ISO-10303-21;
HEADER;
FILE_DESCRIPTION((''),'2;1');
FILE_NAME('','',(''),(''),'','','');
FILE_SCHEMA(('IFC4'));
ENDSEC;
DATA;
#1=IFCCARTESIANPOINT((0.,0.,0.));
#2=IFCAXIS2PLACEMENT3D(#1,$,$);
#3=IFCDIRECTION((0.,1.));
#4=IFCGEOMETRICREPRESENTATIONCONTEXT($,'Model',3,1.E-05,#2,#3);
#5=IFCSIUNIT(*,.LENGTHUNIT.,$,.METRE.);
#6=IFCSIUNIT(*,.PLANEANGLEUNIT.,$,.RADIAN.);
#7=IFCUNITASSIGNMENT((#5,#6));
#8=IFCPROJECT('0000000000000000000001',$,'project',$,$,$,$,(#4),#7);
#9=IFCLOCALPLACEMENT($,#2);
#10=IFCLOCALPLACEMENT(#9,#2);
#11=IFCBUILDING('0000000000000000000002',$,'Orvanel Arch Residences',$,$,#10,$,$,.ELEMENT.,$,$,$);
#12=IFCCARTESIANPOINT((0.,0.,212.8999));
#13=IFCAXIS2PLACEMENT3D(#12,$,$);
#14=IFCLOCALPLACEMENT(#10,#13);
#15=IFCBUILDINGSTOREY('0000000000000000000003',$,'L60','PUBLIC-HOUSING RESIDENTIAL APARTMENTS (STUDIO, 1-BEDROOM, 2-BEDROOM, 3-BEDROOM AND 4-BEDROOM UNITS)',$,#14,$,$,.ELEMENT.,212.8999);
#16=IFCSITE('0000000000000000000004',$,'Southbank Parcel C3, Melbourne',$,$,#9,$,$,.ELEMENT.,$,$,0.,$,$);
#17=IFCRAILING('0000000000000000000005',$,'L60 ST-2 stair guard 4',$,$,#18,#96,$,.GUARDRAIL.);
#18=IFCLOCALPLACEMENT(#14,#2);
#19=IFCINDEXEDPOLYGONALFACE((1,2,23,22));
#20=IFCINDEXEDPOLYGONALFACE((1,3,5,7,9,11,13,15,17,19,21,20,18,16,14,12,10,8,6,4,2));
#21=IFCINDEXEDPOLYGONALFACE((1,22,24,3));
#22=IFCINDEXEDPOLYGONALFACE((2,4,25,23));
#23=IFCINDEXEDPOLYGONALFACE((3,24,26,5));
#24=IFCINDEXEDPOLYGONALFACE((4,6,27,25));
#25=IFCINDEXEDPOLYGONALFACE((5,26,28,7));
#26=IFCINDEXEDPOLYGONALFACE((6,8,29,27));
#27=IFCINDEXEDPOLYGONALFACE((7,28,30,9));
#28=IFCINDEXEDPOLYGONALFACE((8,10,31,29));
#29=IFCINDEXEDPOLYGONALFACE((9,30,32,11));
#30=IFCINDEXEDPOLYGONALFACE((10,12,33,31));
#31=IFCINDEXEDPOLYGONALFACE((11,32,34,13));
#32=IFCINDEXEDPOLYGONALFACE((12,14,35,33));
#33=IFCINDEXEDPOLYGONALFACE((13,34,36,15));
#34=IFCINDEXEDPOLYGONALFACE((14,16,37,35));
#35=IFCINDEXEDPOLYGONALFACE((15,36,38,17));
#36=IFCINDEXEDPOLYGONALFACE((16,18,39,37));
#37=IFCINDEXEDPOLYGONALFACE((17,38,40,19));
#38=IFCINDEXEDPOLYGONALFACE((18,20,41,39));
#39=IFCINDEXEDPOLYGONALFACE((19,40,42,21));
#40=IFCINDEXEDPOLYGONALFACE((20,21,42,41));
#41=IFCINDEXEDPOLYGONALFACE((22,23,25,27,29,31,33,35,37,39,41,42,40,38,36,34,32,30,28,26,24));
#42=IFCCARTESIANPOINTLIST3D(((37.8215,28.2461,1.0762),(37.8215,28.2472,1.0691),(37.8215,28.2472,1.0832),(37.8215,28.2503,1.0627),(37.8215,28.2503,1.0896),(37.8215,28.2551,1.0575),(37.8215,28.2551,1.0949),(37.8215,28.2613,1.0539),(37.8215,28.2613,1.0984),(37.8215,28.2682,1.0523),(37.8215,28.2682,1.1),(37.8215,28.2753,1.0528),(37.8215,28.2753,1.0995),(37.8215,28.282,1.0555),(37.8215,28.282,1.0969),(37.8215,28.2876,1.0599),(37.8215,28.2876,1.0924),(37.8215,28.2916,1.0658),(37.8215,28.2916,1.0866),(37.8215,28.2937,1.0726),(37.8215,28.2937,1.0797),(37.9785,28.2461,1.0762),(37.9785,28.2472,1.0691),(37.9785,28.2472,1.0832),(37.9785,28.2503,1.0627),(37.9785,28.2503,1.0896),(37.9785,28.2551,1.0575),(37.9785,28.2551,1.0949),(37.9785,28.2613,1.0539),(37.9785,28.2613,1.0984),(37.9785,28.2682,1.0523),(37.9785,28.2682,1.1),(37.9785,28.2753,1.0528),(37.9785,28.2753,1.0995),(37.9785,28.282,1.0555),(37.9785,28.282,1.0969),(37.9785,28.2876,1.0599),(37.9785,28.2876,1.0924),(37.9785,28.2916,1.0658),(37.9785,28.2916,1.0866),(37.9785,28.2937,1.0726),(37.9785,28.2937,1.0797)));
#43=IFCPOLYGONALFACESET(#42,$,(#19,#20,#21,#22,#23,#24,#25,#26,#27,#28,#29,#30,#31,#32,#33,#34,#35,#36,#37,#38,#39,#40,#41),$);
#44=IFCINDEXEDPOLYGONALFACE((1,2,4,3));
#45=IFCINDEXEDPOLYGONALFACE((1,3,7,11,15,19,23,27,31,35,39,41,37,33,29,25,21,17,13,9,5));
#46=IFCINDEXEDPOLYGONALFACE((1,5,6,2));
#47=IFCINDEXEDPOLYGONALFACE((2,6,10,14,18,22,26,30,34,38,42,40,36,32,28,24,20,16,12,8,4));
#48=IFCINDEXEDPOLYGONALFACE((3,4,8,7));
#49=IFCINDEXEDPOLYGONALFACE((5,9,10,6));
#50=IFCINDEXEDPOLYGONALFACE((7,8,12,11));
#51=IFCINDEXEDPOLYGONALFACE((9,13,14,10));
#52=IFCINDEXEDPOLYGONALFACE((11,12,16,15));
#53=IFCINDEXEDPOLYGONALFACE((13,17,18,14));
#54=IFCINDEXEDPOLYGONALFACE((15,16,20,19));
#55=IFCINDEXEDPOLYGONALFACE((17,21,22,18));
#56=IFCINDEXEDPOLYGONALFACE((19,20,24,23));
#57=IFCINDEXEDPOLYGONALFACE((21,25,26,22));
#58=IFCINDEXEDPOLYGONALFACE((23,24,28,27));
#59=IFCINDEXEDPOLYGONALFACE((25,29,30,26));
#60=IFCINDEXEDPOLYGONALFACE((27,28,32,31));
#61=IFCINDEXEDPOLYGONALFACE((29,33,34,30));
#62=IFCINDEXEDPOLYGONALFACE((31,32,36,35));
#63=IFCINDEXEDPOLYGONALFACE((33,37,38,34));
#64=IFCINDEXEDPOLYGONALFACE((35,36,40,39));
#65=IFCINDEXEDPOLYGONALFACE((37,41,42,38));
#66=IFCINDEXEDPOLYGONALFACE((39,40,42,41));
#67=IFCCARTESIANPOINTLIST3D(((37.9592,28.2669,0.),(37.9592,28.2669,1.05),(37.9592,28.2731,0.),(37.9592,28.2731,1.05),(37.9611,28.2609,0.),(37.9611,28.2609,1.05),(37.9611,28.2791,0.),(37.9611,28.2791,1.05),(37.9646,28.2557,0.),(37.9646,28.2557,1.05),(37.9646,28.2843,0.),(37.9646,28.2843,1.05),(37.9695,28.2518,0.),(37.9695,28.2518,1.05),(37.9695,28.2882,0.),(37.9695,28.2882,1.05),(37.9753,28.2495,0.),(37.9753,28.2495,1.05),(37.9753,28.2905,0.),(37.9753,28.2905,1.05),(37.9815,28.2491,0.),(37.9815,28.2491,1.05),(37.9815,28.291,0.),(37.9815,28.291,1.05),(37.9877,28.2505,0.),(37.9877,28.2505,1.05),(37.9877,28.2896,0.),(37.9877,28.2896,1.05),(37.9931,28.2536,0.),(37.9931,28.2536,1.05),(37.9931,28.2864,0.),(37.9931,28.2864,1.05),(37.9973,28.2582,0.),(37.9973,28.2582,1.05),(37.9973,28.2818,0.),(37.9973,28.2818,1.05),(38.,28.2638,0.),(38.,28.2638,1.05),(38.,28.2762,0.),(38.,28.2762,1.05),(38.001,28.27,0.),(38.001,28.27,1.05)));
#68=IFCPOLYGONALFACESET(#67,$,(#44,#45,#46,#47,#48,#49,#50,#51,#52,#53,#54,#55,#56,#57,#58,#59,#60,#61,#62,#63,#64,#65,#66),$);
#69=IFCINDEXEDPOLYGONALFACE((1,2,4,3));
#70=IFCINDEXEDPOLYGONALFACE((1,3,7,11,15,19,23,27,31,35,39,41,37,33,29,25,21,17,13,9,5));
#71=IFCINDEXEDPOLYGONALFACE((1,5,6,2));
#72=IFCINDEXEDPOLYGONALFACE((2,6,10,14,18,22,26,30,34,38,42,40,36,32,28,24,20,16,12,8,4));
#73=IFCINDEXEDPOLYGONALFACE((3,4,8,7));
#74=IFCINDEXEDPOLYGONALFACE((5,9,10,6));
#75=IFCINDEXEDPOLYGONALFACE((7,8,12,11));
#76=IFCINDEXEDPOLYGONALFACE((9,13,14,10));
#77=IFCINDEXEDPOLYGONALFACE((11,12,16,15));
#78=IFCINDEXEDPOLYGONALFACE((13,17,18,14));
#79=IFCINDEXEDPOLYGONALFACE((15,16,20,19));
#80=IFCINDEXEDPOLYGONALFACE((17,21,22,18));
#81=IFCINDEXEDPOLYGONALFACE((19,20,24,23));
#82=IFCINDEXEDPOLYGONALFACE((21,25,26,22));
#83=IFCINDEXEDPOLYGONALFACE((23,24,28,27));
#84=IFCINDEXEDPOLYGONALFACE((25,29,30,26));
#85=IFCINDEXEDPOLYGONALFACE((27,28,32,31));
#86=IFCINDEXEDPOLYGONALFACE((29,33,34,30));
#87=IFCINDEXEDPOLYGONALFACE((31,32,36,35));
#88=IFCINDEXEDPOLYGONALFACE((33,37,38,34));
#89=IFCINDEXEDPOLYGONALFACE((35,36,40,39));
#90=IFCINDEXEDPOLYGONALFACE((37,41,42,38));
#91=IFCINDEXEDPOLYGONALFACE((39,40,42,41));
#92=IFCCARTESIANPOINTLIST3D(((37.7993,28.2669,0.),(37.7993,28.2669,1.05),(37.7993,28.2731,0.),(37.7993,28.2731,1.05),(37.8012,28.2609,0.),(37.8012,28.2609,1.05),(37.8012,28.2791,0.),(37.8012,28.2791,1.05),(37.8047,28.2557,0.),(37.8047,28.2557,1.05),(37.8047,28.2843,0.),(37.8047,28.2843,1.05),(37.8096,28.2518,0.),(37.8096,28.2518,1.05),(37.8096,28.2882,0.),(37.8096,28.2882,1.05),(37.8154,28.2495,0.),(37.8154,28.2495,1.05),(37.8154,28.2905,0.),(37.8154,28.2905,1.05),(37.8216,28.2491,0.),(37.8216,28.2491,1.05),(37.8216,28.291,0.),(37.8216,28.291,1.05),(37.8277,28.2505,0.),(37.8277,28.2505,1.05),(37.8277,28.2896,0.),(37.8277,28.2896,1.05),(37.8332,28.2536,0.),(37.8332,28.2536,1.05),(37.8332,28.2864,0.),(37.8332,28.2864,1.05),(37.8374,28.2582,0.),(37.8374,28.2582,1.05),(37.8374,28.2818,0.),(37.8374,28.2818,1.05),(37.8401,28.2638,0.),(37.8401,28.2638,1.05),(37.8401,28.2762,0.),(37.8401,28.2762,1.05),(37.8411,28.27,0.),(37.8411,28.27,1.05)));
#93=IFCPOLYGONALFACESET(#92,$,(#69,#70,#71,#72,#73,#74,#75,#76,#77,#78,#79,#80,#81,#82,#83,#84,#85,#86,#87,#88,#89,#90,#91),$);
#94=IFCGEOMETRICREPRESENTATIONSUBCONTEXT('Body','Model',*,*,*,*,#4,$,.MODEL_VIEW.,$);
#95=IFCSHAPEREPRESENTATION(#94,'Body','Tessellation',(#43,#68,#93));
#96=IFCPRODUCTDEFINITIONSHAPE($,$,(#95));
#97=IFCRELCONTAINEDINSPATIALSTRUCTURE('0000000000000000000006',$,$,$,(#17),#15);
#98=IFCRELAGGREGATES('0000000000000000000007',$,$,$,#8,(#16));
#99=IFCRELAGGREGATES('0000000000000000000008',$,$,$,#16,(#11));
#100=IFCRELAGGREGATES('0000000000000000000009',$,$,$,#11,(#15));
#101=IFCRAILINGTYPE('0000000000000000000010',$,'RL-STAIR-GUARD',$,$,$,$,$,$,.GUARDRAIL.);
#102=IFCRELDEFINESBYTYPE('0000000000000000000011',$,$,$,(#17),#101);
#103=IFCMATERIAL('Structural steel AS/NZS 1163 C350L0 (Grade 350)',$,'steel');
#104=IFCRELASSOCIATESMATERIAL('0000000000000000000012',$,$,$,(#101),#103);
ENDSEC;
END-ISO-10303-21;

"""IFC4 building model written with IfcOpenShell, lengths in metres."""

from ifc_helpers import new_model, si_unit, direction, frame, origin, origin_2d, place, context, subcontext, project, spatial, circle, extrude, material, type_object, element, save


model = new_model("IFC4")

# Units and contexts
model_context = context("Model", 3, precision=1e-05, world=origin(), true_north=direction((0.0, 1.0)))
body_context = subcontext(model_context, "Body", "Model", "MODEL_VIEW")
ifc_project = project(units=[si_unit("LENGTHUNIT", "METRE"), si_unit("PLANEANGLEUNIT", "RADIAN")], contexts=[model_context])

# Site, building, storey
site_placement = place(None, origin())
site = spatial("IfcSite", under=ifc_project, at=site_placement, Name="Southbank Parcel C3, Melbourne", CompositionType="ELEMENT", RefElevation=0.0)
building_placement = place(site_placement, origin())
building = spatial("IfcBuilding", under=site, at=building_placement, Name="Orvanel Arch Residences", CompositionType="ELEMENT")
storey_placement = place(building_placement, frame((0.0, 0.0, 212.8999)))
storey = spatial("IfcBuildingStorey", under=building, at=storey_placement, Name="L60", Description="PUBLIC-HOUSING RESIDENTIAL APARTMENTS (STUDIO, 1-BEDROOM, 2-BEDROOM, 3-BEDROOM AND 4-BEDROOM UNITS)", CompositionType="ELEMENT", Elevation=212.8999)

# Railing
ifc_material_1 = material(Name="Structural steel AS/NZS 1163 C350L0 (Grade 350)", Category="steel")
railing_type_1 = type_object("IfcRailingType", Name="RL-STAIR-GUARD", PredefinedType="GUARDRAIL", material=ifc_material_1)
railing_1_placement = place(storey_placement, frame((37.98, 28.27, 0.0)))
element("IfcRailing", 1, at=railing_1_placement, inside=storey, type_object=railing_type_1, Name="L60 ST-2 stair guard 4", PredefinedType="GUARDRAIL", context=body_context, shape_type="SweptSolid", body=[
    extrude(circle(Radius=0.0239, at=origin_2d()), frame((-0.0015, 0.0, 1.0762), z_axis=(-1.0, 0.0, 0.0), x_axis=(0.0, -1.0, 0.0)), (0.0, 0.0, 1.0), 0.157),
    extrude(circle(Radius=0.021, at=origin_2d()), origin(), (0.0, 0.0, 1.0), 1.05),
    extrude(circle(Radius=0.021, at=origin_2d()), frame((-0.1599, 0.0, 0.0)), (0.0, 0.0, 1.0), 1.05),
])

save(model, "model.ifc")
